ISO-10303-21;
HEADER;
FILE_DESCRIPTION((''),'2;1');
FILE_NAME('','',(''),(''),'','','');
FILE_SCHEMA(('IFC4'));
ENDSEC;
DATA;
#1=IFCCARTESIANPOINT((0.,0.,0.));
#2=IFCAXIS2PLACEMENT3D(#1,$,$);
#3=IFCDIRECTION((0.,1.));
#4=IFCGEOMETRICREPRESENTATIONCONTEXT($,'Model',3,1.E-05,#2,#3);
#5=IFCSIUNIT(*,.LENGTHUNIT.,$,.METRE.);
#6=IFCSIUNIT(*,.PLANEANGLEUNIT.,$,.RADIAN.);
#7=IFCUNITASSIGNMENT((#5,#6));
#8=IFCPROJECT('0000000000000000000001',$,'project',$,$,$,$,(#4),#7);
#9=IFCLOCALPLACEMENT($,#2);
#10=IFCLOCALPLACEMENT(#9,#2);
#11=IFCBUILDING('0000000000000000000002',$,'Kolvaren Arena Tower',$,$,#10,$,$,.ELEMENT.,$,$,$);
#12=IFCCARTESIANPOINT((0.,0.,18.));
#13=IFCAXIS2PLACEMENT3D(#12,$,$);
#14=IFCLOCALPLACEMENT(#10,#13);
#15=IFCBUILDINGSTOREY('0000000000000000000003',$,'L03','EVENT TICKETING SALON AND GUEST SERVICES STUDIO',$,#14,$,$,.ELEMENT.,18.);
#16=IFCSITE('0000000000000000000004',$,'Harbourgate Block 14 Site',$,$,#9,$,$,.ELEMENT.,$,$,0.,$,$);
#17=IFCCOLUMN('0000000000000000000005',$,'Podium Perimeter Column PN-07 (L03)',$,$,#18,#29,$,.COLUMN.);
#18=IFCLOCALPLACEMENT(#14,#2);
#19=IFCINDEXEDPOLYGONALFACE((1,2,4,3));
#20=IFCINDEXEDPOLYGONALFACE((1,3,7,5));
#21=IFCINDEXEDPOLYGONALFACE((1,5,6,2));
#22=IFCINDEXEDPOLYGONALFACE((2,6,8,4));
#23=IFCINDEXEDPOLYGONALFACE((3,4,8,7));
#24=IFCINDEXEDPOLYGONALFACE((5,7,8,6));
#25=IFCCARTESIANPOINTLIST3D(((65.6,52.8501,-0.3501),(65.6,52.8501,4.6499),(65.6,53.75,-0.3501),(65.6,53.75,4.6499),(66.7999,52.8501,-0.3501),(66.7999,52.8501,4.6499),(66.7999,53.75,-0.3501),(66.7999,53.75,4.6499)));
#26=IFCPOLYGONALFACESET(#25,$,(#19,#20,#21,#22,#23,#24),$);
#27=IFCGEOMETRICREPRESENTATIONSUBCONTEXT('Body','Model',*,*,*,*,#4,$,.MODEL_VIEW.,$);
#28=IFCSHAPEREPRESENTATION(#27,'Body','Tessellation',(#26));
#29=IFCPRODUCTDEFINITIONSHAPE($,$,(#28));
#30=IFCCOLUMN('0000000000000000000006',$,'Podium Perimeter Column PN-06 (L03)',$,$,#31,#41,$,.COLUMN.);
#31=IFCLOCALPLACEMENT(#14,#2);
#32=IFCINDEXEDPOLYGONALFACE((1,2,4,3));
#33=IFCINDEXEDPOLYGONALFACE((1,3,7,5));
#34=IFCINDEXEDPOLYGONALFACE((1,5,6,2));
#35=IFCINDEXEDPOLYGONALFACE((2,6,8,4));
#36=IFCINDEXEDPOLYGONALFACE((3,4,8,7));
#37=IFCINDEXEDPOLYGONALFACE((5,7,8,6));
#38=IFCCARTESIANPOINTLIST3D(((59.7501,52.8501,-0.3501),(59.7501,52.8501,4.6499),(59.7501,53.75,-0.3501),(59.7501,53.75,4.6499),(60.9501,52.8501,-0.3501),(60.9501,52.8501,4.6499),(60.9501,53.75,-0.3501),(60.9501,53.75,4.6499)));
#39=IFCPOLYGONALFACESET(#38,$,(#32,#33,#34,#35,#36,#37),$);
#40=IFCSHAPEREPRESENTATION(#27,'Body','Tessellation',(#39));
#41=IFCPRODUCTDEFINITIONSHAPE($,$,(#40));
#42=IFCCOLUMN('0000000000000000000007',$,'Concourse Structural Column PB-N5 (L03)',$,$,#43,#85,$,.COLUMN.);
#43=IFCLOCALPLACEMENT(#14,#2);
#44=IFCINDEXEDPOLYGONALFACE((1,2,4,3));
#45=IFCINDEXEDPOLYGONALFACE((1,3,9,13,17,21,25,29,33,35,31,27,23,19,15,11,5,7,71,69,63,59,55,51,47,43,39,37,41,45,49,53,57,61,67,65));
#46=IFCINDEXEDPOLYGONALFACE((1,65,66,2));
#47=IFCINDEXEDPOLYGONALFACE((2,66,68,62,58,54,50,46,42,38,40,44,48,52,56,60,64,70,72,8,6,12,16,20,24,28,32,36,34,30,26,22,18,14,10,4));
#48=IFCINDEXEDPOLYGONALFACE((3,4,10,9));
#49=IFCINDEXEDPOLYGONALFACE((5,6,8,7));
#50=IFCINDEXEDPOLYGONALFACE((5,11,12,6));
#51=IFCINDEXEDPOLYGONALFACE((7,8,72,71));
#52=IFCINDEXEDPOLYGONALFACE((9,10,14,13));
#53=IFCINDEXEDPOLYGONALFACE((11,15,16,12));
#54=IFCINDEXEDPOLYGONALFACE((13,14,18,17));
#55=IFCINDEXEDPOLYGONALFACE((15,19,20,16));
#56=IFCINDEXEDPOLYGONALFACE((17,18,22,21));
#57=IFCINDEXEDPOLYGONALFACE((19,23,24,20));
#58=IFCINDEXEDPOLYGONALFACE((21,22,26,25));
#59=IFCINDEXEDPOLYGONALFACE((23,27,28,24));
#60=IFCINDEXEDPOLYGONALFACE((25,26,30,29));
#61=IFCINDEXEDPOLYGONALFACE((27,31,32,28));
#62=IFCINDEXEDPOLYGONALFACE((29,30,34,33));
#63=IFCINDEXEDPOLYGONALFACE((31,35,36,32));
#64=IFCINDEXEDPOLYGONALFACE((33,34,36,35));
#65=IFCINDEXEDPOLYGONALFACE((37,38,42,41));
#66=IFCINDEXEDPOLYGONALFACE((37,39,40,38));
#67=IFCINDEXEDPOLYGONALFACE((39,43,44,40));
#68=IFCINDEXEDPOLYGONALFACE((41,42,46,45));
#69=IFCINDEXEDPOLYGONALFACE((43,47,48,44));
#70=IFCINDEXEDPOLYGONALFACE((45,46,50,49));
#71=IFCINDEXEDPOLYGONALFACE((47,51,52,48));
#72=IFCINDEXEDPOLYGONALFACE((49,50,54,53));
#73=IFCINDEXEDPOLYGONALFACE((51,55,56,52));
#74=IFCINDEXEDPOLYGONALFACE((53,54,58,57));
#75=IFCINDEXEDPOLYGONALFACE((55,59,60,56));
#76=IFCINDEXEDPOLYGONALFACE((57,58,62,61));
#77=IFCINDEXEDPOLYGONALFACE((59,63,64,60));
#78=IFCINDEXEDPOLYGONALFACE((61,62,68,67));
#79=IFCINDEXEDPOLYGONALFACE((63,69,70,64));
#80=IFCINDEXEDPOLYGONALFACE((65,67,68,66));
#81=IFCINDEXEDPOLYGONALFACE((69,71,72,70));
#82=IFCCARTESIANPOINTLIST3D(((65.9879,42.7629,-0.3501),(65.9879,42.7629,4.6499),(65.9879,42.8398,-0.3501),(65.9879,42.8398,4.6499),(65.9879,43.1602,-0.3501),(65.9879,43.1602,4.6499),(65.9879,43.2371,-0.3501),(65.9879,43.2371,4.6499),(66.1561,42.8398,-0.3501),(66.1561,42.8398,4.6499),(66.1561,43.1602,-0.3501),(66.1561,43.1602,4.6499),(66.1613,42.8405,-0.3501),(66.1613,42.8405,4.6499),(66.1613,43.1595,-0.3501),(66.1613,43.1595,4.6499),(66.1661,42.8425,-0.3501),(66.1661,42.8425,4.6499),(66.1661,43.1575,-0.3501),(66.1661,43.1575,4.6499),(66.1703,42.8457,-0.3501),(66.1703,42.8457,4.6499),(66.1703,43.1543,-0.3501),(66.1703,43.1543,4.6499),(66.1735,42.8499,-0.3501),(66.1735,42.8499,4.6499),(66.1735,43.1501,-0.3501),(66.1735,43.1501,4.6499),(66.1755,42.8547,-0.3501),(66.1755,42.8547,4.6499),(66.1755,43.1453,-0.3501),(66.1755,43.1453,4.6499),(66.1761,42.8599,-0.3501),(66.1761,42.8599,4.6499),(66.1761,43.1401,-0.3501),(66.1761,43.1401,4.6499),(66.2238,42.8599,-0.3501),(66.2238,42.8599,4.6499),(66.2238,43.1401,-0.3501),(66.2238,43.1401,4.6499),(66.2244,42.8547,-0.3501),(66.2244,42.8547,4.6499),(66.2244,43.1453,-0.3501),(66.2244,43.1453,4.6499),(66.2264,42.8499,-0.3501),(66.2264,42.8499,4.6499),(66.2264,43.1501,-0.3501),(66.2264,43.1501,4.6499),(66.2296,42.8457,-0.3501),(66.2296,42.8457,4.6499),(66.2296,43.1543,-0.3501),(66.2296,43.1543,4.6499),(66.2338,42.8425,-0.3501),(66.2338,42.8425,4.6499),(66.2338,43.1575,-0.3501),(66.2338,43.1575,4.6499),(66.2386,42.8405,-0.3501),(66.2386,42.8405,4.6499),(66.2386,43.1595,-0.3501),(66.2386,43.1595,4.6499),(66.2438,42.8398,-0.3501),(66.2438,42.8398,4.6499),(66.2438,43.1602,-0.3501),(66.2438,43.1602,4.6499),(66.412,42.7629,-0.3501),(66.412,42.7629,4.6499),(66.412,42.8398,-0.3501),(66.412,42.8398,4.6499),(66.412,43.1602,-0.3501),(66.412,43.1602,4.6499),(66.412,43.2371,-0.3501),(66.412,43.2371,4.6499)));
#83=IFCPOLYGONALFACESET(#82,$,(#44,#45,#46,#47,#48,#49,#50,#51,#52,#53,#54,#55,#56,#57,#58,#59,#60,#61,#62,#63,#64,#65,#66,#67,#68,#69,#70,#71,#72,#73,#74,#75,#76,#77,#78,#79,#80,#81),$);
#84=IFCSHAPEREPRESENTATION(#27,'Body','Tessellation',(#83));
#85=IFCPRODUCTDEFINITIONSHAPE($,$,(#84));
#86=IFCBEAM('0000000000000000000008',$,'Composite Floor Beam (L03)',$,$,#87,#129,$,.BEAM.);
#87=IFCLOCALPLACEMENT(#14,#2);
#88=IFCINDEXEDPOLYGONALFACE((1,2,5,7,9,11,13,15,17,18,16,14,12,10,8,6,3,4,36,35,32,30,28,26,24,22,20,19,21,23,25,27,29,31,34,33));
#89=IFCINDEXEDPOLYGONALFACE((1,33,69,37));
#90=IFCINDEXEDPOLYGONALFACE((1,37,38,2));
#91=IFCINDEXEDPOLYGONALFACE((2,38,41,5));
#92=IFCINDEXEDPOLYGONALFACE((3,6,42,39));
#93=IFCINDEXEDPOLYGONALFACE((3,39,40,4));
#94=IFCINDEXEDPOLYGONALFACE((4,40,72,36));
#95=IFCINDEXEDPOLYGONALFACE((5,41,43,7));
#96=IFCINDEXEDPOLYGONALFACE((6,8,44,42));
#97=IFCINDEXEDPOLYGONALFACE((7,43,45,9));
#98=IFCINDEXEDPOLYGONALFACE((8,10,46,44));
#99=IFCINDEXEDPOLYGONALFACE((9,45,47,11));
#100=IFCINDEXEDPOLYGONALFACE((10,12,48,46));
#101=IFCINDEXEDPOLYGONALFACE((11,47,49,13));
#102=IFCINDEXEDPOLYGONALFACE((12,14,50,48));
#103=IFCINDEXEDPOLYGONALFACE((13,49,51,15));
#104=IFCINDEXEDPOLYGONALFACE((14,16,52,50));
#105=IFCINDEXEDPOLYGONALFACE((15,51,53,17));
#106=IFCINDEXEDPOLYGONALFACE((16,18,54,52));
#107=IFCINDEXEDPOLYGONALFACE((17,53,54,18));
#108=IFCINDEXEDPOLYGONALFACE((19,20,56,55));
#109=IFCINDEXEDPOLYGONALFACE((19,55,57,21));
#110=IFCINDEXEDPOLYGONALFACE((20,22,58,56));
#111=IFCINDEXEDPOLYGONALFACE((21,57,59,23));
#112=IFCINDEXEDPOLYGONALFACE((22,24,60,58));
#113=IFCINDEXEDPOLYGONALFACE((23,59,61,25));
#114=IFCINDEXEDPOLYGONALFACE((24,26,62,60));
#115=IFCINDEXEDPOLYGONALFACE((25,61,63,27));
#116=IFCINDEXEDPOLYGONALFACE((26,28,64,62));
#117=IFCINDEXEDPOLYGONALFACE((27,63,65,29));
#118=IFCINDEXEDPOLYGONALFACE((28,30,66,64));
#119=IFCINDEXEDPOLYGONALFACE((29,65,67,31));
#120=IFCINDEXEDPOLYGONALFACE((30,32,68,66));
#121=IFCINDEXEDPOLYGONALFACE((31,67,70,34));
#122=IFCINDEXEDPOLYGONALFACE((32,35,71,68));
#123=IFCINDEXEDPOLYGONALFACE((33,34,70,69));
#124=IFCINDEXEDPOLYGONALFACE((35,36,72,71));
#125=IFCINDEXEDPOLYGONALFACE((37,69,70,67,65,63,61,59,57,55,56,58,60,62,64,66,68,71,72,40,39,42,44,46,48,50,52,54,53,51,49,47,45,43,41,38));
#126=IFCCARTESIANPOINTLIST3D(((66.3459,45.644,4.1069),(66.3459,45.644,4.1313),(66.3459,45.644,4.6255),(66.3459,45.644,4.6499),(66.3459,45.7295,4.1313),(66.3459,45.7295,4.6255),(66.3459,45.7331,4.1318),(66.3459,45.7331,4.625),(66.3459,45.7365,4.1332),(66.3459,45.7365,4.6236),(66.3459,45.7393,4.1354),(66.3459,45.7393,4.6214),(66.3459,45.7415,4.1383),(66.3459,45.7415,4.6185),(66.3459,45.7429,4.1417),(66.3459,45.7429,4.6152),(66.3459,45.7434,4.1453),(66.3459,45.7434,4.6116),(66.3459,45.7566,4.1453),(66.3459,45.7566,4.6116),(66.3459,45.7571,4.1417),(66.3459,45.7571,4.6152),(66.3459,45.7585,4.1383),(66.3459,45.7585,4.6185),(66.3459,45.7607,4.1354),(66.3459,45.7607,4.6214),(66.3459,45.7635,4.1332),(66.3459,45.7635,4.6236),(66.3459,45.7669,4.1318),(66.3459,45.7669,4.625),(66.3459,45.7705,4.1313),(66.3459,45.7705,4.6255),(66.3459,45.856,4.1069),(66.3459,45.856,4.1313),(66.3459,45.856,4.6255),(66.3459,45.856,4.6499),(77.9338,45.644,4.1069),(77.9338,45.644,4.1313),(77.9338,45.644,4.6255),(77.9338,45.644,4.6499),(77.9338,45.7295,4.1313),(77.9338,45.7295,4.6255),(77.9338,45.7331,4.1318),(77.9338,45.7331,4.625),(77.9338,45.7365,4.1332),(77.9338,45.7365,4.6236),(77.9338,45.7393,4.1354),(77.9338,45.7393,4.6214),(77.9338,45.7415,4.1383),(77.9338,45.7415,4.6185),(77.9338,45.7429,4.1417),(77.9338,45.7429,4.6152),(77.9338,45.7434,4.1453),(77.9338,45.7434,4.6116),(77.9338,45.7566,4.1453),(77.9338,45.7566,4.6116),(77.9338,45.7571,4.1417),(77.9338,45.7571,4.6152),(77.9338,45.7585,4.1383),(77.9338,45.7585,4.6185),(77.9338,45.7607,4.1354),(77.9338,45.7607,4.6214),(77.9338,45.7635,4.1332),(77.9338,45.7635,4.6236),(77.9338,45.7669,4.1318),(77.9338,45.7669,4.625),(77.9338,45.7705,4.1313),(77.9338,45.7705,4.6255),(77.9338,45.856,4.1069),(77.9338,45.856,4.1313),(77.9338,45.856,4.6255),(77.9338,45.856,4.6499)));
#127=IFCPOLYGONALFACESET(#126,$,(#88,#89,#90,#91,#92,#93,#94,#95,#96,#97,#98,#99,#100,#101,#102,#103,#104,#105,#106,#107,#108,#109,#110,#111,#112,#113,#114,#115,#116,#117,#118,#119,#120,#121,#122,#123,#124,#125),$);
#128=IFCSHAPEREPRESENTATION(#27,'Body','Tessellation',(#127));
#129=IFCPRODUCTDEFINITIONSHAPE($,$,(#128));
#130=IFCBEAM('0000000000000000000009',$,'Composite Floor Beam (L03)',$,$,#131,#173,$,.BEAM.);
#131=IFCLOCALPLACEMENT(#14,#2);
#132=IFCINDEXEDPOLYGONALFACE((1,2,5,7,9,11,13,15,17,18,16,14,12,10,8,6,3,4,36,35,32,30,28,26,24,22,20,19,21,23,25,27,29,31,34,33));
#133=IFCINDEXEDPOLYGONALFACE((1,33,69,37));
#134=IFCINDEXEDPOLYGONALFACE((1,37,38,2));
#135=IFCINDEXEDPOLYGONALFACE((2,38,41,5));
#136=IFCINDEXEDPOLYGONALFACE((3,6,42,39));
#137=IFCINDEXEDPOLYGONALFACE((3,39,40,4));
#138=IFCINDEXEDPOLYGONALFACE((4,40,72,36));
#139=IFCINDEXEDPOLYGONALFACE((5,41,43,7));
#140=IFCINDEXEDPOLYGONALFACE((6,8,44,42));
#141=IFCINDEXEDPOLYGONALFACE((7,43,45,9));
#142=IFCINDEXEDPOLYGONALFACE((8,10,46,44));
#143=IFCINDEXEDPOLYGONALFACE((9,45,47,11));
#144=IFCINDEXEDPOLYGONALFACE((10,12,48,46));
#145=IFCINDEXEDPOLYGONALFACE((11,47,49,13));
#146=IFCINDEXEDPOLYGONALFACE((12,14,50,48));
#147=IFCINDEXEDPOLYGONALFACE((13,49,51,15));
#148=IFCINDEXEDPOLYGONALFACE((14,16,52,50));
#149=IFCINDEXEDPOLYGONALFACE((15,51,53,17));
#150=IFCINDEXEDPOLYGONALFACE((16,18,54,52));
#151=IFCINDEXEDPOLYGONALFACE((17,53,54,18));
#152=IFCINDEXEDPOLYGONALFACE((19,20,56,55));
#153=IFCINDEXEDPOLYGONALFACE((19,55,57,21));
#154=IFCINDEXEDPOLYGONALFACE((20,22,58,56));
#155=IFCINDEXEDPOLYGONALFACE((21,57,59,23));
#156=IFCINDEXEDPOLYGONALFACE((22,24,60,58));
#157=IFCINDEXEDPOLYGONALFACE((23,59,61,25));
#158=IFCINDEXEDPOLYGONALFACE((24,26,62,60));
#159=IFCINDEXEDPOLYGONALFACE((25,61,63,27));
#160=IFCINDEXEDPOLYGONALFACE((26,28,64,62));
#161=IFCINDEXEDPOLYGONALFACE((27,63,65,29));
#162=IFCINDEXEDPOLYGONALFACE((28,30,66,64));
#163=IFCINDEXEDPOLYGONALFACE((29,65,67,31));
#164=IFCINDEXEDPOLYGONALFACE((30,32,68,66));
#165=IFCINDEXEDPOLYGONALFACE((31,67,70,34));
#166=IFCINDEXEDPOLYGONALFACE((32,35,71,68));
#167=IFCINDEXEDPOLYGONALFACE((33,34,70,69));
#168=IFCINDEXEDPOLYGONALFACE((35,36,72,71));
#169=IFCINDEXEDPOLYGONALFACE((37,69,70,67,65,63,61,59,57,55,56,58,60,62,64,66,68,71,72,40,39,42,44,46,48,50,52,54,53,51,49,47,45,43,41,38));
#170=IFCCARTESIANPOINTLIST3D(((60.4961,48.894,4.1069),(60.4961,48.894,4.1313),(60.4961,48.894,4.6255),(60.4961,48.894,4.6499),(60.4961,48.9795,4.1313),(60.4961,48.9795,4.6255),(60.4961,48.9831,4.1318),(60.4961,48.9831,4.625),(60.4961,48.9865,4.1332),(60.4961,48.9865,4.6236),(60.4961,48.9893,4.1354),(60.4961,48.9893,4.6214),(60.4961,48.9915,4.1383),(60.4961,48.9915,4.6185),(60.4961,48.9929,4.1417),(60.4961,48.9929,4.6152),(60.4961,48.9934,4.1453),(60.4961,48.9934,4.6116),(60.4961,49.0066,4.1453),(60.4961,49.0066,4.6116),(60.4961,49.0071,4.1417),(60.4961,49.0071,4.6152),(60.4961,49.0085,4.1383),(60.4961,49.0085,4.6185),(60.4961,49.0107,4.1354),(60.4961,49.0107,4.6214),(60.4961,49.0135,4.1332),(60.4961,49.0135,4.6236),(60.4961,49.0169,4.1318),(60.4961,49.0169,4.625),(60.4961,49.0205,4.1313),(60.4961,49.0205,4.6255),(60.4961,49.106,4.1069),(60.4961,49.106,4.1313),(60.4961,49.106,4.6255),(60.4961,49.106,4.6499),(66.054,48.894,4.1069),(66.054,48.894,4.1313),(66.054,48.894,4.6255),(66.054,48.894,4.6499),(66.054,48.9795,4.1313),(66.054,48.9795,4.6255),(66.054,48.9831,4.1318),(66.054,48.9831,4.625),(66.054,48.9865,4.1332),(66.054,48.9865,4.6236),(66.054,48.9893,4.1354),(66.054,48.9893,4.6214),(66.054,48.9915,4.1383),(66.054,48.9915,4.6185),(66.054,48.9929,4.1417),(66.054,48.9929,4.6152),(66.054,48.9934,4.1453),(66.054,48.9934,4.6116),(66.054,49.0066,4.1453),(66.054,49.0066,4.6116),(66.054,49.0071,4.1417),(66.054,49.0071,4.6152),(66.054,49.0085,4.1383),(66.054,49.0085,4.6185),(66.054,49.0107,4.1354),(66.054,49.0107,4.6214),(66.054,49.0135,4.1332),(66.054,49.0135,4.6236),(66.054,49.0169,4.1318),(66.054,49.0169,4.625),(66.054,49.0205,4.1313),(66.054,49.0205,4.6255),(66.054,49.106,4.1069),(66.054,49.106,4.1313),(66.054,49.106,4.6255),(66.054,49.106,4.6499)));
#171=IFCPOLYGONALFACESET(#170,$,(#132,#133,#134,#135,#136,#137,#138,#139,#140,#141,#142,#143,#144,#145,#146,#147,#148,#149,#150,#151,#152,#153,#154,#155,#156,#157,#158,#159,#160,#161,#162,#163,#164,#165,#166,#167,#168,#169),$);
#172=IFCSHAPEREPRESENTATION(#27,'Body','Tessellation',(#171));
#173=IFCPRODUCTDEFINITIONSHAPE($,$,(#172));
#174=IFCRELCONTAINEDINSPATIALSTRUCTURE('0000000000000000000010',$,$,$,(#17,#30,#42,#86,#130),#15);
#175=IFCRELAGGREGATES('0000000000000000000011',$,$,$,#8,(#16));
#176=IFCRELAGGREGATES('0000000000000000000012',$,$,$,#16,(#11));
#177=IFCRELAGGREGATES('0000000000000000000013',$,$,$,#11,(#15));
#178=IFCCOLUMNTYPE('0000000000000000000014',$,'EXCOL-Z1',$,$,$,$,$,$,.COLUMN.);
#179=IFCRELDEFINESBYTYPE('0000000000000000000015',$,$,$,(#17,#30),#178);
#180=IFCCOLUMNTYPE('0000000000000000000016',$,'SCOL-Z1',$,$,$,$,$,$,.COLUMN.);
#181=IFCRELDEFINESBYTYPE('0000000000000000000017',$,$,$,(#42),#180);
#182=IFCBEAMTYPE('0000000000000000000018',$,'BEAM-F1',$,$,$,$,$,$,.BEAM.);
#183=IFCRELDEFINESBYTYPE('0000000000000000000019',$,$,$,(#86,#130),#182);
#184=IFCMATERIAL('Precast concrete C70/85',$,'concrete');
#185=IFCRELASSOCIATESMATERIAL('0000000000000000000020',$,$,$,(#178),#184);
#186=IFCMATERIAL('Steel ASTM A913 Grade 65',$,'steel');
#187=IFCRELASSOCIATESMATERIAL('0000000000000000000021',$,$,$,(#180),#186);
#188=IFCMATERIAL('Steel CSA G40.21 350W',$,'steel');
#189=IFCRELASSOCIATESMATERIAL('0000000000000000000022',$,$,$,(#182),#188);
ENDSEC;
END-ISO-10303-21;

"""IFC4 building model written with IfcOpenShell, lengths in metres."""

from ifc_helpers import new_model, si_unit, direction, frame, origin, origin_2d, place, context, subcontext, project, spatial, rectangle, i_section, extrude, material, material_profile, profile_set, type_object, element, save


model = new_model("IFC4")

# Units and contexts
model_context = context("Model", 3, precision=1e-05, world=origin(), true_north=direction((0.0, 1.0)))
body_context = subcontext(model_context, "Body", "Model", "MODEL_VIEW")
ifc_project = project(units=[si_unit("LENGTHUNIT", "METRE"), si_unit("PLANEANGLEUNIT", "RADIAN")], contexts=[model_context])

# Site, building, storey
site_placement = place(None, origin())
site = spatial("IfcSite", under=ifc_project, at=site_placement, Name="Harbourgate Block 14 Site", CompositionType="ELEMENT", RefElevation=0.0)
building_placement = place(site_placement, origin())
building = spatial("IfcBuilding", under=site, at=building_placement, Name="Kolvaren Arena Tower", CompositionType="ELEMENT")
storey_placement = place(building_placement, frame((0.0, 0.0, 18.0)))
storey = spatial("IfcBuildingStorey", under=building, at=storey_placement, Name="L03", Description="EVENT TICKETING SALON AND GUEST SERVICES STUDIO", CompositionType="ELEMENT", Elevation=18.0)

# Columns
ifc_material_1 = material(Name="Precast concrete C70/85", Category="concrete")
ifc_material_profile_1 = material_profile(ifc_material_1, rectangle(XDim=1.2, YDim=0.8999, at=origin_2d()), Name="RC-1200x900")
ifc_profile_set_1 = profile_set([ifc_material_profile_1], Name="Precast concrete C70/85")
column_type_1 = type_object("IfcColumnType", Name="EXCOL-Z1", PredefinedType="COLUMN", material=ifc_profile_set_1)
for number, where, z_axis, x_axis, name in (
    (1, (66.2, 53.3, -0.3501), (0.0, 0.0, 1.0), (1.0, 0.0, 0.0), "Podium Perimeter Column PN-07 (L03)"),
    (2, (60.3501, 53.3, -0.3501), (0.0, 0.0, 1.0), (1.0, 0.0, 0.0), "Podium Perimeter Column PN-06 (L03)"),
):
    element("IfcColumn", number, at=place(storey_placement, frame(where, z_axis=z_axis, x_axis=x_axis)), inside=storey, type_object=column_type_1, Name=name, PredefinedType="COLUMN", context=body_context, shape_type="SweptSolid", body=[
        extrude(rectangle(XDim=1.2, YDim=0.8999, at=origin_2d()), origin(), (0.0, 0.0, 1.0), 5.0),
    ])
ifc_material_2 = material(Name="Steel ASTM A913 Grade 65", Category="steel")
ifc_material_profile_2 = material_profile(ifc_material_2, i_section(OverallWidth=0.4241, OverallDepth=0.4741, WebThickness=0.0476, FlangeThickness=0.0769, FilletRadius=0.02, at=origin_2d()), Name="W360x634")
ifc_profile_set_2 = profile_set([ifc_material_profile_2], Name="Steel ASTM A913 Grade 65")
column_type_2 = type_object("IfcColumnType", Name="SCOL-Z1", PredefinedType="COLUMN", material=ifc_profile_set_2)
column_placement = place(storey_placement, frame((66.2, 43.0, -0.3501), z_axis=(0.0, 0.0, 1.0), x_axis=(1.0, 0.0, 0.0)))
element("IfcColumn", 3, at=column_placement, inside=storey, type_object=column_type_2, Name="Concourse Structural Column PB-N5 (L03)", PredefinedType="COLUMN", context=body_context, shape_type="SweptSolid", body=[
    extrude(i_section(OverallWidth=0.4241, OverallDepth=0.4741, WebThickness=0.0476, FlangeThickness=0.0769, FilletRadius=0.02, at=origin_2d()), origin(), (0.0, 0.0, 1.0), 5.0),
])

# Beams
ifc_material_3 = material(Name="Steel CSA G40.21 350W", Category="steel")
ifc_material_profile_3 = material_profile(ifc_material_3, i_section(OverallWidth=0.2119, OverallDepth=0.543, WebThickness=0.0132, FlangeThickness=0.0244, FilletRadius=0.0139, at=origin_2d()), Name="W530x150")
ifc_profile_set_3 = profile_set([ifc_material_profile_3], Name="Steel CSA G40.21 350W")
beam_type_1 = type_object("IfcBeamType", Name="BEAM-F1", PredefinedType="BEAM", material=ifc_profile_set_3)
beam_1_placement = place(storey_placement, frame((66.3459, 45.75, 4.3784), z_axis=(1.0, 0.0, 0.0), x_axis=(0.0, 1.0, 0.0)))
element("IfcBeam", 4, at=beam_1_placement, inside=storey, type_object=beam_type_1, Name="Composite Floor Beam (L03)", PredefinedType="BEAM", context=body_context, shape_type="SweptSolid", body=[
    extrude(i_section(OverallWidth=0.2119, OverallDepth=0.543, WebThickness=0.0132, FlangeThickness=0.0244, FilletRadius=0.0139, at=origin_2d()), origin(), (0.0, 0.0, 1.0), 11.5879),
])
beam_2_placement = place(storey_placement, frame((60.4961, 49.0, 4.3784), z_axis=(1.0, 0.0, 0.0), x_axis=(0.0, 1.0, 0.0)))
element("IfcBeam", 5, at=beam_2_placement, inside=storey, type_object=beam_type_1, Name="Composite Floor Beam (L03)", PredefinedType="BEAM", context=body_context, shape_type="SweptSolid", body=[
    extrude(i_section(OverallWidth=0.2119, OverallDepth=0.543, WebThickness=0.0132, FlangeThickness=0.0244, FilletRadius=0.0139, at=origin_2d()), origin(), (0.0, 0.0, 1.0), 5.5579),
])

save(model, "model.ifc")
